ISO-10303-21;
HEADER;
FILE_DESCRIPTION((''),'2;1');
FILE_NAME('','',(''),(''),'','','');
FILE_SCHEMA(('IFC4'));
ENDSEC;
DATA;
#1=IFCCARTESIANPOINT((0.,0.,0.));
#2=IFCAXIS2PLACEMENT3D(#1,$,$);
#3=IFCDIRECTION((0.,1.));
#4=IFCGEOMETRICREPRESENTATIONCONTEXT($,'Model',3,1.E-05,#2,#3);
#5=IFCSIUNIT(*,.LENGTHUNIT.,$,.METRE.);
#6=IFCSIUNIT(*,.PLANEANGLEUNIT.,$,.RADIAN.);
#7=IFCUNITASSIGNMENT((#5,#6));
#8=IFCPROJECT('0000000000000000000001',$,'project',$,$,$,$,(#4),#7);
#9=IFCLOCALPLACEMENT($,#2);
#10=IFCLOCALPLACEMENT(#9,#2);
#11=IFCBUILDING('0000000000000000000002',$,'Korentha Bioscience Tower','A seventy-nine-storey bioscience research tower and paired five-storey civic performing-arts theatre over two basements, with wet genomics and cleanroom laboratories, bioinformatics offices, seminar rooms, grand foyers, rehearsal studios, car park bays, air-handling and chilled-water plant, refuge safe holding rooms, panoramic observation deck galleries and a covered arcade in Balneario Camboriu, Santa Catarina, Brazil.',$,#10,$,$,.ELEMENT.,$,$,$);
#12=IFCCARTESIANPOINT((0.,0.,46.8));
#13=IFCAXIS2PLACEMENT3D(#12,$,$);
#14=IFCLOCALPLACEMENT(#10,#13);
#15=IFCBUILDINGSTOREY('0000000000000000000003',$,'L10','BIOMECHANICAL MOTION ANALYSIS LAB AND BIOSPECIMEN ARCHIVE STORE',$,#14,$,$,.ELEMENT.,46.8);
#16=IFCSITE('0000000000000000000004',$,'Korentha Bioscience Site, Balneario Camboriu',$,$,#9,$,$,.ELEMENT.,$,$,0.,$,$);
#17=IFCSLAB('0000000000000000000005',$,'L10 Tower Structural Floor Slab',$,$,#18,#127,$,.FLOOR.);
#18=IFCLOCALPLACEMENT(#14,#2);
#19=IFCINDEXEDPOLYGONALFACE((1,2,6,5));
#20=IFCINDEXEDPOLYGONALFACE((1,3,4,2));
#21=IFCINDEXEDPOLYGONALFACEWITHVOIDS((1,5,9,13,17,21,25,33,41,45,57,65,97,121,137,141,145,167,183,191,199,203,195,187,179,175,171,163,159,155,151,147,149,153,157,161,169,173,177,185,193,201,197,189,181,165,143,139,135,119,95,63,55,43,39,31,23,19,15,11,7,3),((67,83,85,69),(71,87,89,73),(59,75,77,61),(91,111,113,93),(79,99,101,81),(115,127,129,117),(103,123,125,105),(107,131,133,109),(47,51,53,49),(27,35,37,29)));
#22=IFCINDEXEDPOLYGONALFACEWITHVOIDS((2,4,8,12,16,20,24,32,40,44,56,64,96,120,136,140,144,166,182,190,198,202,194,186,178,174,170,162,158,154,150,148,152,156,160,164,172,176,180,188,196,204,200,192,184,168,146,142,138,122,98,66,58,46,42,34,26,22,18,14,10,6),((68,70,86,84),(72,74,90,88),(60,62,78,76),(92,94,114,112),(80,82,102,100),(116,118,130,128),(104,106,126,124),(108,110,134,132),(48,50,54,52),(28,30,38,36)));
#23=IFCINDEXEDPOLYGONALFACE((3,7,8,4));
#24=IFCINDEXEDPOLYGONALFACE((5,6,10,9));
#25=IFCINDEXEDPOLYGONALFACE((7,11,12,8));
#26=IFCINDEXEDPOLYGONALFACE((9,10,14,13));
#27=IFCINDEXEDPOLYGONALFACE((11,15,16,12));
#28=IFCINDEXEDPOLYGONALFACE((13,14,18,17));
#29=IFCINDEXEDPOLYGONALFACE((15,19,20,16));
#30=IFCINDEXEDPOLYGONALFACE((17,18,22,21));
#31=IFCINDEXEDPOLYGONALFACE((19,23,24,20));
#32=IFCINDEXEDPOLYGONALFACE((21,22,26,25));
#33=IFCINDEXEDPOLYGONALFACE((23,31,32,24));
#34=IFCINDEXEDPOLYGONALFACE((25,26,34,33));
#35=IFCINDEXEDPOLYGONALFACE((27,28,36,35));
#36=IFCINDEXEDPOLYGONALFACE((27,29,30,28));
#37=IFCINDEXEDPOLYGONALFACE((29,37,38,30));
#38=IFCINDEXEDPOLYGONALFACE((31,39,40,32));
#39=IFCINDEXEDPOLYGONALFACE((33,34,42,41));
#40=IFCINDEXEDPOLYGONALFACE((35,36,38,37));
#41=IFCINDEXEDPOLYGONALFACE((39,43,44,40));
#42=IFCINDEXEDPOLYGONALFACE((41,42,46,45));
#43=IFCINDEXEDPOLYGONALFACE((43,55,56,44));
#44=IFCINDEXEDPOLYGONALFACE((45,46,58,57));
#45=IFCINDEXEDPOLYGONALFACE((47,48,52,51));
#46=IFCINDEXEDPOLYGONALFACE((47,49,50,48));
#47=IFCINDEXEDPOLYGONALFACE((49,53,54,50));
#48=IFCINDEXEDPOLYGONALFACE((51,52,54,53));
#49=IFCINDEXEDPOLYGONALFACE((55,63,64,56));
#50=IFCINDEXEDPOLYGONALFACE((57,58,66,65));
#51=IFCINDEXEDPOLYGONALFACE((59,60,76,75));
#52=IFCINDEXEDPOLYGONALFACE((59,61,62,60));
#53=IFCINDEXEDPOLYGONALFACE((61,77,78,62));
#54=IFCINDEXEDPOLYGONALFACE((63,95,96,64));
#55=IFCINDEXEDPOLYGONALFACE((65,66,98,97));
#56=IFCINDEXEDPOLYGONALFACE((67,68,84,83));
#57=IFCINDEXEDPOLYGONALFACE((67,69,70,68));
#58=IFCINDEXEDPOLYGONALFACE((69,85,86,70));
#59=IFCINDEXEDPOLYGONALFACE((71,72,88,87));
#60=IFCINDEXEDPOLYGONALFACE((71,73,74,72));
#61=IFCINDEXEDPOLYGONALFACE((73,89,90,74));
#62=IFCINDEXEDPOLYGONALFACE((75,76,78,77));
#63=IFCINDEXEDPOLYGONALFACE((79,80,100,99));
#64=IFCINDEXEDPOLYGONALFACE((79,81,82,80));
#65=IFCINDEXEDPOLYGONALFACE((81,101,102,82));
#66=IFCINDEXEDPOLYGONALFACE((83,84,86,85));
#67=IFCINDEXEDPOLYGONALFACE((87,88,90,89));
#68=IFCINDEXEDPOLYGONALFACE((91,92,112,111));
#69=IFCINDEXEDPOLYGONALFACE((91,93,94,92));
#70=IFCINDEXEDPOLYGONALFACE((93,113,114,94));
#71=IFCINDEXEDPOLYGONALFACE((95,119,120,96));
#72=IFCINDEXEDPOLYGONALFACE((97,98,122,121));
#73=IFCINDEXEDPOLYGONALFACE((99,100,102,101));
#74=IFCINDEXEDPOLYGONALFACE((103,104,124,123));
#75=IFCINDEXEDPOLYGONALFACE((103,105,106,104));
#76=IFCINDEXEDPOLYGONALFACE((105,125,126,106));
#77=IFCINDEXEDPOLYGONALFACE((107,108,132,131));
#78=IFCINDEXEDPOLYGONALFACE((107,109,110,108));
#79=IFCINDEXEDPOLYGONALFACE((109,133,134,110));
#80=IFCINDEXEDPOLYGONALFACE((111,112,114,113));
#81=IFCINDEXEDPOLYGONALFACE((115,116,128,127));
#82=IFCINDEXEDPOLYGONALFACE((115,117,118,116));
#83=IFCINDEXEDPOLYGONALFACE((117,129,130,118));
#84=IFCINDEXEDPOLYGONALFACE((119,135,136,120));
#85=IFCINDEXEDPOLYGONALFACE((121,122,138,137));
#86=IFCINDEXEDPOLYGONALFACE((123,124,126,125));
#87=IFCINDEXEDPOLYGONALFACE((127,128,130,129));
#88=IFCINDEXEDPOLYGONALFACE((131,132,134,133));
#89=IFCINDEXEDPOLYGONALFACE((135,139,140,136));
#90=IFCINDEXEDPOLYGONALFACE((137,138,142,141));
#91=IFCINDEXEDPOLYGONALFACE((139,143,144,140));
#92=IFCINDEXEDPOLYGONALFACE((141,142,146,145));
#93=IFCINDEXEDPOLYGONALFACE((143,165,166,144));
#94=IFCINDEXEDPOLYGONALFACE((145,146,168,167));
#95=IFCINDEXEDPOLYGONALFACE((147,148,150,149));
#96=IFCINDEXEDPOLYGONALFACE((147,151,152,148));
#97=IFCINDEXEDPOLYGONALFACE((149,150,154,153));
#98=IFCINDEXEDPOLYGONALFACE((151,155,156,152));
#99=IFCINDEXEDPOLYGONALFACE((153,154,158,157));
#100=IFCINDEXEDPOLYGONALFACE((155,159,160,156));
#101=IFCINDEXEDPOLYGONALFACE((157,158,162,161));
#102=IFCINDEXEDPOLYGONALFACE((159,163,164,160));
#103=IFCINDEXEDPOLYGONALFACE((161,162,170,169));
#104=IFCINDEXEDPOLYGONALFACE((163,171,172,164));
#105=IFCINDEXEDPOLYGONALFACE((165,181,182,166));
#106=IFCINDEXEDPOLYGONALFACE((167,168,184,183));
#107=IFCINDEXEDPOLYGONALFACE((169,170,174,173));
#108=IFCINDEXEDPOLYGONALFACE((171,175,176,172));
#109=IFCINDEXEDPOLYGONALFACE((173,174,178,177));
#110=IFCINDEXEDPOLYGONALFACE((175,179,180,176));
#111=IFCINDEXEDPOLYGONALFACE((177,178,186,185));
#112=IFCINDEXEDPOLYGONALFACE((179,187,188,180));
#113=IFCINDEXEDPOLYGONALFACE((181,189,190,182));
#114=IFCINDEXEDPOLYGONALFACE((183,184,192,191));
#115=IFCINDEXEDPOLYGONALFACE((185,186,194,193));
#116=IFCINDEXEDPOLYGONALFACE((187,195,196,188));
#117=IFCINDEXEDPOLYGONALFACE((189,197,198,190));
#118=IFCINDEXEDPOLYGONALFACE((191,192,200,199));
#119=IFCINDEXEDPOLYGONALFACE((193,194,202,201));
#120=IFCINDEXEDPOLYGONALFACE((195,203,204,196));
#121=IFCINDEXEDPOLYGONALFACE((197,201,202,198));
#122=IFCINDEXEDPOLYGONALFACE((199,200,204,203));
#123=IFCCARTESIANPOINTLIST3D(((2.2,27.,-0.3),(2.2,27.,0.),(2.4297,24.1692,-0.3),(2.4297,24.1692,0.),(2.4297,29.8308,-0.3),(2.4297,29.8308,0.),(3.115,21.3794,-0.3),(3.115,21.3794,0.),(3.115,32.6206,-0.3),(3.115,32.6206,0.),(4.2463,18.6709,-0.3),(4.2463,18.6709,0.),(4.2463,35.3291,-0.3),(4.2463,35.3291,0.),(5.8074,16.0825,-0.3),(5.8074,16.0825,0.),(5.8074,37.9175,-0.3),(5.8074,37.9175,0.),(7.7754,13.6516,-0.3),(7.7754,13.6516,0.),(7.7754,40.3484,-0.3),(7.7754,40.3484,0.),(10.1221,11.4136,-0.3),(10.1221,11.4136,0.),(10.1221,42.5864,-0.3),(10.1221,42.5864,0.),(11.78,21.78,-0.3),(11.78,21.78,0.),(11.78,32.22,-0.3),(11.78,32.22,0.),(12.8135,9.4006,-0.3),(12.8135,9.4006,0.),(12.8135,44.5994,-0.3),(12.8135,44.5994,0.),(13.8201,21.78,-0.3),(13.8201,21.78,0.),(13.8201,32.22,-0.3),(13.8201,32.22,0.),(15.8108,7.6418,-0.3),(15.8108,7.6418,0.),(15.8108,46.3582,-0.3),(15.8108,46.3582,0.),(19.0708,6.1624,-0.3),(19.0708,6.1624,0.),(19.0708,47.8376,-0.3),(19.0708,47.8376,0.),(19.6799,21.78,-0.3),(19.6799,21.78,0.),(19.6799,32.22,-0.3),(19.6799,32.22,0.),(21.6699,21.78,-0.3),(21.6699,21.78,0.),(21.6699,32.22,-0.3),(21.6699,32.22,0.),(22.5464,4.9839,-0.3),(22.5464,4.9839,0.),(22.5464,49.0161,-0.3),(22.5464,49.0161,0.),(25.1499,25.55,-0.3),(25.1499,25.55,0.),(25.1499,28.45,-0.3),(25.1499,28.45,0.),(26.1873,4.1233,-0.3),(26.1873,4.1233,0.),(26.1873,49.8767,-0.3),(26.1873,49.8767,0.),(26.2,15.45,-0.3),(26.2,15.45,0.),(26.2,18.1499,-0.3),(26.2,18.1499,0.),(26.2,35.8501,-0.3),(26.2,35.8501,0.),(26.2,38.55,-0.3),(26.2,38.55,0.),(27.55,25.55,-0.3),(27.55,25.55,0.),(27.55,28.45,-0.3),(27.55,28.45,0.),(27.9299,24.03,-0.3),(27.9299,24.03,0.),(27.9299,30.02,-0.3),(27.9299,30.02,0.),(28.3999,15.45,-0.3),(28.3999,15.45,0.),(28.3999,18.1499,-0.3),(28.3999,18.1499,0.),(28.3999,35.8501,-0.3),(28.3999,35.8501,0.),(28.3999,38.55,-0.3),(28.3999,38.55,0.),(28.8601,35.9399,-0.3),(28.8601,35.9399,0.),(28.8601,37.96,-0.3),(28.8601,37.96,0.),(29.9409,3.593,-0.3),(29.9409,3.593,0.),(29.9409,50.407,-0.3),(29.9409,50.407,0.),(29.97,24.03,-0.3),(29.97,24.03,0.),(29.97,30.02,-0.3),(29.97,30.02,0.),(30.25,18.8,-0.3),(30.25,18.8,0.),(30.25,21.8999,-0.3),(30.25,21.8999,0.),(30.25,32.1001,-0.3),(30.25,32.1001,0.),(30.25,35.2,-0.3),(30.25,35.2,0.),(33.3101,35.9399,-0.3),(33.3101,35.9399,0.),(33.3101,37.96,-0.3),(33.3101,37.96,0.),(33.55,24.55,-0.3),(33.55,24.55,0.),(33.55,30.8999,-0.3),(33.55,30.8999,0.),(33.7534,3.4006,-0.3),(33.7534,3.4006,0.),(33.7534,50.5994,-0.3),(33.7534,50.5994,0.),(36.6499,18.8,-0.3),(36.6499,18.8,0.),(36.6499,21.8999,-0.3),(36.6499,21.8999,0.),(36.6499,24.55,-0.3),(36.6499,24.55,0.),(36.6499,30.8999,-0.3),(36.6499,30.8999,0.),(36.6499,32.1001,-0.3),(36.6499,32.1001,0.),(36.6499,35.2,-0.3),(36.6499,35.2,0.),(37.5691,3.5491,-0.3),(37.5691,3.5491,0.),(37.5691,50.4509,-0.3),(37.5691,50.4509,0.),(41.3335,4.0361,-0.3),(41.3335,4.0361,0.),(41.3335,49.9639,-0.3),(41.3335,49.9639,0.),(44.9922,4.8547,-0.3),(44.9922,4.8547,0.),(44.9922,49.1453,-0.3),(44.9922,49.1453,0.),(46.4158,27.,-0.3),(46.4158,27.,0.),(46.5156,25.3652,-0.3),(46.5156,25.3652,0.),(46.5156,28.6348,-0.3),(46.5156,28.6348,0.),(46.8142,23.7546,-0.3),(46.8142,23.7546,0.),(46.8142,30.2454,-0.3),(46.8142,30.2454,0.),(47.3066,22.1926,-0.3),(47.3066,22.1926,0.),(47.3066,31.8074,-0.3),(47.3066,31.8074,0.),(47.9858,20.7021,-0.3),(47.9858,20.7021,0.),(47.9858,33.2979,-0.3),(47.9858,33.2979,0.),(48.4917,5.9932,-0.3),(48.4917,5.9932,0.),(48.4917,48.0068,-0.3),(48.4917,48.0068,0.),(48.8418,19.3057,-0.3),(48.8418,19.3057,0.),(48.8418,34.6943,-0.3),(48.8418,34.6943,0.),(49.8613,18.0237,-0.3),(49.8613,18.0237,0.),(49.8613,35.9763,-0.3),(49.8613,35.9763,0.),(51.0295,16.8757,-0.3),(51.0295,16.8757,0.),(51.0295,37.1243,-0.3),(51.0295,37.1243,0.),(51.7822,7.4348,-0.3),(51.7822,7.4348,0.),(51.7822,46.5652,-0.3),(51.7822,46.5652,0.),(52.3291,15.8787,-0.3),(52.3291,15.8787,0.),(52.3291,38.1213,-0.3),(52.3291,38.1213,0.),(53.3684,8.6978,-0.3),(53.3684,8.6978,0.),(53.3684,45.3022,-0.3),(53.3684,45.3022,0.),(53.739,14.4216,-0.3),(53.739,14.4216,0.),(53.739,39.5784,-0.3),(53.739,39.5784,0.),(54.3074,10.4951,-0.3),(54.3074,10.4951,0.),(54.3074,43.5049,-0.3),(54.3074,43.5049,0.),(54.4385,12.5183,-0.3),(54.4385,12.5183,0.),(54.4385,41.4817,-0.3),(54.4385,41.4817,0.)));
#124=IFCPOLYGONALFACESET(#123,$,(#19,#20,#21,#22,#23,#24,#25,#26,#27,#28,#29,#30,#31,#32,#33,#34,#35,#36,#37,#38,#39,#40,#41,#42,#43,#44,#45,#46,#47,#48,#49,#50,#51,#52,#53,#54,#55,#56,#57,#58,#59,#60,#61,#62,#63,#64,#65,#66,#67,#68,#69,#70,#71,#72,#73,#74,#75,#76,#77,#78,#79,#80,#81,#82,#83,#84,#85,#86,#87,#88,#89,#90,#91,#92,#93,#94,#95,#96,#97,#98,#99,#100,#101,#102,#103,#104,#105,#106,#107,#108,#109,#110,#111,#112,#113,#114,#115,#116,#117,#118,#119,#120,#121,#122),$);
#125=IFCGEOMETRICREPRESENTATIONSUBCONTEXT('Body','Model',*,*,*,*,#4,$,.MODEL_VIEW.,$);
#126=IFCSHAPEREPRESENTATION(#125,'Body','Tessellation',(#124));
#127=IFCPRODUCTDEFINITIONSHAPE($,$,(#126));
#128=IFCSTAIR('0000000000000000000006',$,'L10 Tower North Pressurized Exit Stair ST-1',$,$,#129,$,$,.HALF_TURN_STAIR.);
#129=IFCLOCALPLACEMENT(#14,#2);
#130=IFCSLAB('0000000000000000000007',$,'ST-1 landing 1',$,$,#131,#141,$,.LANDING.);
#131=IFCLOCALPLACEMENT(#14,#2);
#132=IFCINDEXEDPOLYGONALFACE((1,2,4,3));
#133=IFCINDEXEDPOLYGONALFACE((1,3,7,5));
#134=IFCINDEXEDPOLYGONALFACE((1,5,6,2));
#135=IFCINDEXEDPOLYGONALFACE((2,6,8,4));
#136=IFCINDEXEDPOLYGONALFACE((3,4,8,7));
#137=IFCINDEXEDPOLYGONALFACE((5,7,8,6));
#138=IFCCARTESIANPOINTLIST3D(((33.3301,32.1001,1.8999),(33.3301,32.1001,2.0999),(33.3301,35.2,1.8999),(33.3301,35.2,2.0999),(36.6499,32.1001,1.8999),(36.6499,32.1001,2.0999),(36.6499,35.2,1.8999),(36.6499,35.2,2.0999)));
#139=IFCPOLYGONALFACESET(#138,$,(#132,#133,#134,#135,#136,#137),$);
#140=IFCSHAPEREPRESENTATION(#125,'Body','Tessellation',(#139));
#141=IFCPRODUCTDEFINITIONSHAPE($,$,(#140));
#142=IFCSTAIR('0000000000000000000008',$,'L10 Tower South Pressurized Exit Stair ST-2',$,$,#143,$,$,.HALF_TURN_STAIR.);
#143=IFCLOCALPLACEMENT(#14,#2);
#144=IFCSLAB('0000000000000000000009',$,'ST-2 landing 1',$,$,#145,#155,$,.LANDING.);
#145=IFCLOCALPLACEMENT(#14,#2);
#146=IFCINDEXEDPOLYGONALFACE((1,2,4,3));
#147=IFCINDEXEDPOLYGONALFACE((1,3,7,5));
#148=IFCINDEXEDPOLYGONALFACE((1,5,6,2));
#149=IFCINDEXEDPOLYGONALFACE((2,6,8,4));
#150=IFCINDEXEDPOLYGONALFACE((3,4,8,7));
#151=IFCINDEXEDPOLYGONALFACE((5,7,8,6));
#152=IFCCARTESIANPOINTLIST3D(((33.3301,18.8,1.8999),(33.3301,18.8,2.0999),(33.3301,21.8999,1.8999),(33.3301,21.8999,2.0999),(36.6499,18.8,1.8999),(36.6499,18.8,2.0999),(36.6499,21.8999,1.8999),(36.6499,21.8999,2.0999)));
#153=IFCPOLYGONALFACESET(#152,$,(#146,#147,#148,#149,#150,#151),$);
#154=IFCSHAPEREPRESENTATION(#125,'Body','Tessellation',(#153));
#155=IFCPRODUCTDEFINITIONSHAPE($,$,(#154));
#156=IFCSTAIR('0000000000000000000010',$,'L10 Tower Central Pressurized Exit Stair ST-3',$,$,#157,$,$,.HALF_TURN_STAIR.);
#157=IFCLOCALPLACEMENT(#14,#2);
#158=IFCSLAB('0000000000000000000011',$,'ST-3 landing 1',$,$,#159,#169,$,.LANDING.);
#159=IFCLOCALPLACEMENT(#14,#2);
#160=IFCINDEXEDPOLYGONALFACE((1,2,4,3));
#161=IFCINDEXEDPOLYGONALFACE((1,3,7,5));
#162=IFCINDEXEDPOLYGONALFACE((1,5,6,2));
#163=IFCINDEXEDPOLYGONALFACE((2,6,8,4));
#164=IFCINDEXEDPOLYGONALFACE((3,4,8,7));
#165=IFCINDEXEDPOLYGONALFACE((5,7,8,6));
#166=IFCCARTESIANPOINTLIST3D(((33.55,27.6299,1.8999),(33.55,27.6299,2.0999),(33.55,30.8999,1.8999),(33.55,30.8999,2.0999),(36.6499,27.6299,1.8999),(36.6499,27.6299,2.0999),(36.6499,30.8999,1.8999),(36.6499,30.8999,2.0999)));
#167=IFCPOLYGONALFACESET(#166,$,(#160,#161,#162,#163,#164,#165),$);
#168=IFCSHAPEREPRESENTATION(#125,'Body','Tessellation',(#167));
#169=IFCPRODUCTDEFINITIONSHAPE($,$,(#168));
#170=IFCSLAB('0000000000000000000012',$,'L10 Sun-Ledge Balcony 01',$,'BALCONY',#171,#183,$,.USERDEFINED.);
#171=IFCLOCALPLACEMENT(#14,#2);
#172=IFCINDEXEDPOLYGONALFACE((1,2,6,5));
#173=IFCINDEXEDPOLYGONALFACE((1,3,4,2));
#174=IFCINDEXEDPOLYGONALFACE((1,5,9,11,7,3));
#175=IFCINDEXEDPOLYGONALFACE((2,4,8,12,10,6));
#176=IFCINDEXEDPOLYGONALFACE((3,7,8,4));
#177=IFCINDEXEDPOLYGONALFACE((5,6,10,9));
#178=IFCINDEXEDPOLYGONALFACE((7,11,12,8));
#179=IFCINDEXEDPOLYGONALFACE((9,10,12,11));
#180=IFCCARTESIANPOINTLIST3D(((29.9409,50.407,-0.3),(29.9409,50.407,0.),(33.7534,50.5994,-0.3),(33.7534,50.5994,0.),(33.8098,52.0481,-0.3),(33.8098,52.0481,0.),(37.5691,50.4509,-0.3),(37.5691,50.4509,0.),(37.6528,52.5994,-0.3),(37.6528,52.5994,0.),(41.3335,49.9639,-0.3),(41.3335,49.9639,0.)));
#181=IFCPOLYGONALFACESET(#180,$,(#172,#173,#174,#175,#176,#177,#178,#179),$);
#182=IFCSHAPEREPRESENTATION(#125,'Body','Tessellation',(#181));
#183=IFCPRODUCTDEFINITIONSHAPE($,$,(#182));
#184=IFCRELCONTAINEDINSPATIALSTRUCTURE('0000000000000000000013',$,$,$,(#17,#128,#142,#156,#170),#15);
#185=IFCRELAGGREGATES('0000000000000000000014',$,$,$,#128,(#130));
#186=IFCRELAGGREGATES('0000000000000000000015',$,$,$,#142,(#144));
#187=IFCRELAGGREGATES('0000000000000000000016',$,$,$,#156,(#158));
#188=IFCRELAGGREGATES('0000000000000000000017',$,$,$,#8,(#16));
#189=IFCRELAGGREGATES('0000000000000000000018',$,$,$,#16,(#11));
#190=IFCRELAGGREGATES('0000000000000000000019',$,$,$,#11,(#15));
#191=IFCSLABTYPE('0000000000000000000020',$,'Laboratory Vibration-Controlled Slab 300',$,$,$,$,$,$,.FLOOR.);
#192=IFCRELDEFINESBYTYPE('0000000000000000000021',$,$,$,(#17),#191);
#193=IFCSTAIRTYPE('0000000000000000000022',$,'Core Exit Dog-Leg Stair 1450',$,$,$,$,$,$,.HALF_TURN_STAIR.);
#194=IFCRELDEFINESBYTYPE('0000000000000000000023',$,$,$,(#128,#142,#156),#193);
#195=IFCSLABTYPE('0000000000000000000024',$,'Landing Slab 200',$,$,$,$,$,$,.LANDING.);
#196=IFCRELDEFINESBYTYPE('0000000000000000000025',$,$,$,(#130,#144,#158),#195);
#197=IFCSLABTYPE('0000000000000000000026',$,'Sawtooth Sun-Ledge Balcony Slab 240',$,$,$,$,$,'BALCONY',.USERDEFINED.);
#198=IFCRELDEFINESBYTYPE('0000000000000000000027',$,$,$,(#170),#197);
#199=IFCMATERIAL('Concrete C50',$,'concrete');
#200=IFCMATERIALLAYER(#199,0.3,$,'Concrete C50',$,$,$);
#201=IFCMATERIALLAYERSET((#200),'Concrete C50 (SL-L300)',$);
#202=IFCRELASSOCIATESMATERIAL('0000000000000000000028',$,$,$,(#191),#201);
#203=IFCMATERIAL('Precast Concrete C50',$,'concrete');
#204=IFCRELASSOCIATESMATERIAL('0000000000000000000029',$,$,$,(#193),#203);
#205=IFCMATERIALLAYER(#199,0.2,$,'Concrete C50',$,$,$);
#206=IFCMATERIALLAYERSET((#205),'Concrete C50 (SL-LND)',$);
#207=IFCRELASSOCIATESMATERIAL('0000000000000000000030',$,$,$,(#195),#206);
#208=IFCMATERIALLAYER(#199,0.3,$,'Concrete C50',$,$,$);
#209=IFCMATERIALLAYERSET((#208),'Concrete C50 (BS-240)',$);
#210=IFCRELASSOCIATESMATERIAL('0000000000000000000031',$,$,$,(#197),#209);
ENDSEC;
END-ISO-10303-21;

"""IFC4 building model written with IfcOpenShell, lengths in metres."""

from ifc_helpers import new_model, si_unit, direction, frame, origin, place, context, subcontext, project, spatial, polyline, outline, extrude, material, layer, layer_set, type_object, element, aggregate, save


model = new_model("IFC4")

# Units and contexts
model_context = context("Model", 3, precision=1e-05, world=origin(), true_north=direction((0.0, 1.0)))
body_context = subcontext(model_context, "Body", "Model", "MODEL_VIEW")
ifc_project = project(units=[si_unit("LENGTHUNIT", "METRE"), si_unit("PLANEANGLEUNIT", "RADIAN")], contexts=[model_context])

# Site, building, storey
site_placement = place(None, origin())
site = spatial("IfcSite", under=ifc_project, at=site_placement, Name="Korentha Bioscience Site, Balneario Camboriu", CompositionType="ELEMENT", RefElevation=0.0)
building_placement = place(site_placement, origin())
building = spatial("IfcBuilding", under=site, at=building_placement, Name="Korentha Bioscience Tower", Description="A seventy-nine-storey bioscience research tower and paired five-storey civic performing-arts theatre over two basements, with wet genomics and cleanroom laboratories, bioinformatics offices, seminar rooms, grand foyers, rehearsal studios, car park bays, air-handling and chilled-water plant, refuge safe holding rooms, panoramic observation deck galleries and a covered arcade in Balneario Camboriu, Santa Catarina, Brazil.", CompositionType="ELEMENT")
storey_placement = place(building_placement, frame((0.0, 0.0, 46.8)))
storey = spatial("IfcBuildingStorey", under=building, at=storey_placement, Name="L10", Description="BIOMECHANICAL MOTION ANALYSIS LAB AND BIOSPECIMEN ARCHIVE STORE", CompositionType="ELEMENT", Elevation=46.8)

# Slab
ifc_material_1 = material(Name="Concrete C50", Category="concrete")
ifc_layer_1 = layer(ifc_material_1, 0.3, Name="Concrete C50")
ifc_layer_set_1 = layer_set([ifc_layer_1], Name="Concrete C50 (SL-L300)")
slab_type_1 = type_object("IfcSlabType", Name="Laboratory Vibration-Controlled Slab 300", PredefinedType="FLOOR", material=ifc_layer_set_1)
slab_1_placement = place(storey_placement, frame((0.0, 0.0, -0.3)))
element("IfcSlab", 1, at=slab_1_placement, inside=storey, type_object=slab_type_1, Name="L10 Tower Structural Floor Slab", PredefinedType="FLOOR", context=body_context, shape_type="SweptSolid", body=[
    extrude(outline(polyline([(51.7822, 46.5652), (48.4917, 48.0068), (44.9922, 49.1453), (41.3335, 49.9639), (37.5691, 50.4509), (33.7534, 50.5994), (29.9409, 50.407), (26.1873, 49.8767), (22.5464, 49.0161), (19.0708, 47.8376), (15.8108, 46.3582), (12.8135, 44.5994), (10.1221, 42.5864), (7.7754, 40.3484), (5.8074, 37.9175), (4.2463, 35.3291), (3.115, 32.6206), (2.4297, 29.8308), (2.2, 27.0), (2.4297, 24.1692), (3.115, 21.3794), (4.2463, 18.6709), (5.8074, 16.0825), (7.7754, 13.6516), (10.1221, 11.4136), (12.8135, 9.4006), (15.8108, 7.6418), (19.0708, 6.1624), (22.5464, 4.9839), (26.1873, 4.1233), (29.9409, 3.593), (33.7534, 3.4006), (37.5691, 3.5491), (41.3335, 4.0361), (44.9922, 4.8547), (48.4917, 5.9932), (51.7822, 7.4348), (53.3684, 8.6978), (54.3074, 10.4951), (54.4385, 12.5183), (53.739, 14.4216), (52.3291, 15.8787), (51.0295, 16.8757), (49.8613, 18.0237), (48.8418, 19.3057), (47.9858, 20.7021), (47.3066, 22.1926), (46.8142, 23.7546), (46.5156, 25.3652), (46.4158, 27.0), (46.5156, 28.6348), (46.8142, 30.2454), (47.3066, 31.8074), (47.9858, 33.2979), (48.8418, 34.6943), (49.8613, 35.9763), (51.0295, 37.1243), (52.3291, 38.1213), (53.739, 39.5784), (54.4385, 41.4817), (54.3074, 43.5049), (53.3684, 45.3022), (51.7822, 46.5652)]), holes=[polyline([(30.25, 32.1001), (36.6499, 32.1001), (36.6499, 35.2), (30.25, 35.2), (30.25, 32.1001)]), polyline([(30.25, 18.8), (36.6499, 18.8), (36.6499, 21.8999), (30.25, 21.8999), (30.25, 18.8)]), polyline([(36.6499, 24.55), (36.6499, 30.8999), (33.55, 30.8999), (33.55, 24.55), (36.6499, 24.55)]), polyline([(11.78, 21.78), (13.8201, 21.78), (13.8201, 32.22), (11.78, 32.22), (11.78, 21.78)]), polyline([(19.6799, 21.78), (21.6699, 21.78), (21.6699, 32.22), (19.6799, 32.22), (19.6799, 21.78)]), polyline([(27.9299, 24.03), (29.97, 24.03), (29.97, 30.02), (27.9299, 30.02), (27.9299, 24.03)]), polyline([(28.8601, 35.9399), (33.3101, 35.9399), (33.3101, 37.96), (28.8601, 37.96), (28.8601, 35.9399)]), polyline([(26.2, 15.45), (28.3999, 15.45), (28.3999, 18.1499), (26.2, 18.1499), (26.2, 15.45)]), polyline([(26.2, 35.8501), (28.3999, 35.8501), (28.3999, 38.55), (26.2, 38.55), (26.2, 35.8501)]), polyline([(25.1499, 25.55), (27.55, 25.55), (27.55, 28.45), (25.1499, 28.45), (25.1499, 25.55)])]), origin(), (0.0, 0.0, 1.0), 0.3),
])

# Stairs, slabs
ifc_material_2 = material(Name="Precast Concrete C50", Category="concrete")
stair_type = type_object("IfcStairType", Name="Core Exit Dog-Leg Stair 1450", PredefinedType="HALF_TURN_STAIR", material=ifc_material_2)
stair_1_placement = place(storey_placement, origin())
stair_1 = element("IfcStair", 2, at=stair_1_placement, inside=storey, type_object=stair_type, Name="L10 Tower North Pressurized Exit Stair ST-1", PredefinedType="HALF_TURN_STAIR")
ifc_layer_2 = layer(ifc_material_1, 0.2, Name="Concrete C50")
ifc_layer_set_2 = layer_set([ifc_layer_2], Name="Concrete C50 (SL-LND)")
slab_type_2 = type_object("IfcSlabType", Name="Landing Slab 200", PredefinedType="LANDING", material=ifc_layer_set_2)
slab_2_placement = place(storey_placement, frame((0.0, 0.0, 1.8999)))
slab_2 = element("IfcSlab", 3, at=slab_2_placement, type_object=slab_type_2, Name="ST-1 landing 1", PredefinedType="LANDING", context=body_context, shape_type="SweptSolid", body=[
    extrude(outline(polyline([(33.3301, 32.1001), (36.6499, 32.1001), (36.6499, 35.2), (33.3301, 35.2), (33.3301, 32.1001)])), origin(), (0.0, 0.0, 1.0), 0.2),
])
aggregate(stair_1, [slab_2])
stair_2_placement = place(storey_placement, origin())
stair_2 = element("IfcStair", 4, at=stair_2_placement, inside=storey, type_object=stair_type, Name="L10 Tower South Pressurized Exit Stair ST-2", PredefinedType="HALF_TURN_STAIR")
slab_3_placement = place(storey_placement, frame((0.0, 0.0, 1.8999)))
slab_3 = element("IfcSlab", 5, at=slab_3_placement, type_object=slab_type_2, Name="ST-2 landing 1", PredefinedType="LANDING", context=body_context, shape_type="SweptSolid", body=[
    extrude(outline(polyline([(33.3301, 18.8), (36.6499, 18.8), (36.6499, 21.8999), (33.3301, 21.8999), (33.3301, 18.8)])), origin(), (0.0, 0.0, 1.0), 0.2),
])
aggregate(stair_2, [slab_3])
stair_3_placement = place(storey_placement, origin())
stair_3 = element("IfcStair", 6, at=stair_3_placement, inside=storey, type_object=stair_type, Name="L10 Tower Central Pressurized Exit Stair ST-3", PredefinedType="HALF_TURN_STAIR")
slab_4_placement = place(storey_placement, frame((0.0, 0.0, 1.8999)))
slab_4 = element("IfcSlab", 7, at=slab_4_placement, type_object=slab_type_2, Name="ST-3 landing 1", PredefinedType="LANDING", context=body_context, shape_type="SweptSolid", body=[
    extrude(outline(polyline([(36.6499, 27.6299), (36.6499, 30.8999), (33.55, 30.8999), (33.55, 27.6299), (36.6499, 27.6299)])), origin(), (0.0, 0.0, 1.0), 0.2),
])
aggregate(stair_3, [slab_4])

# Slab
ifc_layer_3 = layer(ifc_material_1, 0.3, Name="Concrete C50")
ifc_layer_set_3 = layer_set([ifc_layer_3], Name="Concrete C50 (BS-240)")
slab_type_3 = type_object("IfcSlabType", Name="Sawtooth Sun-Ledge Balcony Slab 240", ElementType="BALCONY", PredefinedType="USERDEFINED", material=ifc_layer_set_3)
slab_5_placement = place(storey_placement, frame((0.0, 0.0, -0.3)))
element("IfcSlab", 8, at=slab_5_placement, inside=storey, type_object=slab_type_3, Name="L10 Sun-Ledge Balcony 01", ObjectType="BALCONY", PredefinedType="USERDEFINED", context=body_context, shape_type="SweptSolid", body=[
    extrude(outline(polyline([(29.9409, 50.407), (33.7534, 50.5994), (37.5691, 50.4509), (41.3335, 49.9639), (37.6528, 52.5994), (33.8098, 52.0481), (29.9409, 50.407)])), origin(), (0.0, 0.0, 1.0), 0.3),
])

save(model, "model.ifc")
